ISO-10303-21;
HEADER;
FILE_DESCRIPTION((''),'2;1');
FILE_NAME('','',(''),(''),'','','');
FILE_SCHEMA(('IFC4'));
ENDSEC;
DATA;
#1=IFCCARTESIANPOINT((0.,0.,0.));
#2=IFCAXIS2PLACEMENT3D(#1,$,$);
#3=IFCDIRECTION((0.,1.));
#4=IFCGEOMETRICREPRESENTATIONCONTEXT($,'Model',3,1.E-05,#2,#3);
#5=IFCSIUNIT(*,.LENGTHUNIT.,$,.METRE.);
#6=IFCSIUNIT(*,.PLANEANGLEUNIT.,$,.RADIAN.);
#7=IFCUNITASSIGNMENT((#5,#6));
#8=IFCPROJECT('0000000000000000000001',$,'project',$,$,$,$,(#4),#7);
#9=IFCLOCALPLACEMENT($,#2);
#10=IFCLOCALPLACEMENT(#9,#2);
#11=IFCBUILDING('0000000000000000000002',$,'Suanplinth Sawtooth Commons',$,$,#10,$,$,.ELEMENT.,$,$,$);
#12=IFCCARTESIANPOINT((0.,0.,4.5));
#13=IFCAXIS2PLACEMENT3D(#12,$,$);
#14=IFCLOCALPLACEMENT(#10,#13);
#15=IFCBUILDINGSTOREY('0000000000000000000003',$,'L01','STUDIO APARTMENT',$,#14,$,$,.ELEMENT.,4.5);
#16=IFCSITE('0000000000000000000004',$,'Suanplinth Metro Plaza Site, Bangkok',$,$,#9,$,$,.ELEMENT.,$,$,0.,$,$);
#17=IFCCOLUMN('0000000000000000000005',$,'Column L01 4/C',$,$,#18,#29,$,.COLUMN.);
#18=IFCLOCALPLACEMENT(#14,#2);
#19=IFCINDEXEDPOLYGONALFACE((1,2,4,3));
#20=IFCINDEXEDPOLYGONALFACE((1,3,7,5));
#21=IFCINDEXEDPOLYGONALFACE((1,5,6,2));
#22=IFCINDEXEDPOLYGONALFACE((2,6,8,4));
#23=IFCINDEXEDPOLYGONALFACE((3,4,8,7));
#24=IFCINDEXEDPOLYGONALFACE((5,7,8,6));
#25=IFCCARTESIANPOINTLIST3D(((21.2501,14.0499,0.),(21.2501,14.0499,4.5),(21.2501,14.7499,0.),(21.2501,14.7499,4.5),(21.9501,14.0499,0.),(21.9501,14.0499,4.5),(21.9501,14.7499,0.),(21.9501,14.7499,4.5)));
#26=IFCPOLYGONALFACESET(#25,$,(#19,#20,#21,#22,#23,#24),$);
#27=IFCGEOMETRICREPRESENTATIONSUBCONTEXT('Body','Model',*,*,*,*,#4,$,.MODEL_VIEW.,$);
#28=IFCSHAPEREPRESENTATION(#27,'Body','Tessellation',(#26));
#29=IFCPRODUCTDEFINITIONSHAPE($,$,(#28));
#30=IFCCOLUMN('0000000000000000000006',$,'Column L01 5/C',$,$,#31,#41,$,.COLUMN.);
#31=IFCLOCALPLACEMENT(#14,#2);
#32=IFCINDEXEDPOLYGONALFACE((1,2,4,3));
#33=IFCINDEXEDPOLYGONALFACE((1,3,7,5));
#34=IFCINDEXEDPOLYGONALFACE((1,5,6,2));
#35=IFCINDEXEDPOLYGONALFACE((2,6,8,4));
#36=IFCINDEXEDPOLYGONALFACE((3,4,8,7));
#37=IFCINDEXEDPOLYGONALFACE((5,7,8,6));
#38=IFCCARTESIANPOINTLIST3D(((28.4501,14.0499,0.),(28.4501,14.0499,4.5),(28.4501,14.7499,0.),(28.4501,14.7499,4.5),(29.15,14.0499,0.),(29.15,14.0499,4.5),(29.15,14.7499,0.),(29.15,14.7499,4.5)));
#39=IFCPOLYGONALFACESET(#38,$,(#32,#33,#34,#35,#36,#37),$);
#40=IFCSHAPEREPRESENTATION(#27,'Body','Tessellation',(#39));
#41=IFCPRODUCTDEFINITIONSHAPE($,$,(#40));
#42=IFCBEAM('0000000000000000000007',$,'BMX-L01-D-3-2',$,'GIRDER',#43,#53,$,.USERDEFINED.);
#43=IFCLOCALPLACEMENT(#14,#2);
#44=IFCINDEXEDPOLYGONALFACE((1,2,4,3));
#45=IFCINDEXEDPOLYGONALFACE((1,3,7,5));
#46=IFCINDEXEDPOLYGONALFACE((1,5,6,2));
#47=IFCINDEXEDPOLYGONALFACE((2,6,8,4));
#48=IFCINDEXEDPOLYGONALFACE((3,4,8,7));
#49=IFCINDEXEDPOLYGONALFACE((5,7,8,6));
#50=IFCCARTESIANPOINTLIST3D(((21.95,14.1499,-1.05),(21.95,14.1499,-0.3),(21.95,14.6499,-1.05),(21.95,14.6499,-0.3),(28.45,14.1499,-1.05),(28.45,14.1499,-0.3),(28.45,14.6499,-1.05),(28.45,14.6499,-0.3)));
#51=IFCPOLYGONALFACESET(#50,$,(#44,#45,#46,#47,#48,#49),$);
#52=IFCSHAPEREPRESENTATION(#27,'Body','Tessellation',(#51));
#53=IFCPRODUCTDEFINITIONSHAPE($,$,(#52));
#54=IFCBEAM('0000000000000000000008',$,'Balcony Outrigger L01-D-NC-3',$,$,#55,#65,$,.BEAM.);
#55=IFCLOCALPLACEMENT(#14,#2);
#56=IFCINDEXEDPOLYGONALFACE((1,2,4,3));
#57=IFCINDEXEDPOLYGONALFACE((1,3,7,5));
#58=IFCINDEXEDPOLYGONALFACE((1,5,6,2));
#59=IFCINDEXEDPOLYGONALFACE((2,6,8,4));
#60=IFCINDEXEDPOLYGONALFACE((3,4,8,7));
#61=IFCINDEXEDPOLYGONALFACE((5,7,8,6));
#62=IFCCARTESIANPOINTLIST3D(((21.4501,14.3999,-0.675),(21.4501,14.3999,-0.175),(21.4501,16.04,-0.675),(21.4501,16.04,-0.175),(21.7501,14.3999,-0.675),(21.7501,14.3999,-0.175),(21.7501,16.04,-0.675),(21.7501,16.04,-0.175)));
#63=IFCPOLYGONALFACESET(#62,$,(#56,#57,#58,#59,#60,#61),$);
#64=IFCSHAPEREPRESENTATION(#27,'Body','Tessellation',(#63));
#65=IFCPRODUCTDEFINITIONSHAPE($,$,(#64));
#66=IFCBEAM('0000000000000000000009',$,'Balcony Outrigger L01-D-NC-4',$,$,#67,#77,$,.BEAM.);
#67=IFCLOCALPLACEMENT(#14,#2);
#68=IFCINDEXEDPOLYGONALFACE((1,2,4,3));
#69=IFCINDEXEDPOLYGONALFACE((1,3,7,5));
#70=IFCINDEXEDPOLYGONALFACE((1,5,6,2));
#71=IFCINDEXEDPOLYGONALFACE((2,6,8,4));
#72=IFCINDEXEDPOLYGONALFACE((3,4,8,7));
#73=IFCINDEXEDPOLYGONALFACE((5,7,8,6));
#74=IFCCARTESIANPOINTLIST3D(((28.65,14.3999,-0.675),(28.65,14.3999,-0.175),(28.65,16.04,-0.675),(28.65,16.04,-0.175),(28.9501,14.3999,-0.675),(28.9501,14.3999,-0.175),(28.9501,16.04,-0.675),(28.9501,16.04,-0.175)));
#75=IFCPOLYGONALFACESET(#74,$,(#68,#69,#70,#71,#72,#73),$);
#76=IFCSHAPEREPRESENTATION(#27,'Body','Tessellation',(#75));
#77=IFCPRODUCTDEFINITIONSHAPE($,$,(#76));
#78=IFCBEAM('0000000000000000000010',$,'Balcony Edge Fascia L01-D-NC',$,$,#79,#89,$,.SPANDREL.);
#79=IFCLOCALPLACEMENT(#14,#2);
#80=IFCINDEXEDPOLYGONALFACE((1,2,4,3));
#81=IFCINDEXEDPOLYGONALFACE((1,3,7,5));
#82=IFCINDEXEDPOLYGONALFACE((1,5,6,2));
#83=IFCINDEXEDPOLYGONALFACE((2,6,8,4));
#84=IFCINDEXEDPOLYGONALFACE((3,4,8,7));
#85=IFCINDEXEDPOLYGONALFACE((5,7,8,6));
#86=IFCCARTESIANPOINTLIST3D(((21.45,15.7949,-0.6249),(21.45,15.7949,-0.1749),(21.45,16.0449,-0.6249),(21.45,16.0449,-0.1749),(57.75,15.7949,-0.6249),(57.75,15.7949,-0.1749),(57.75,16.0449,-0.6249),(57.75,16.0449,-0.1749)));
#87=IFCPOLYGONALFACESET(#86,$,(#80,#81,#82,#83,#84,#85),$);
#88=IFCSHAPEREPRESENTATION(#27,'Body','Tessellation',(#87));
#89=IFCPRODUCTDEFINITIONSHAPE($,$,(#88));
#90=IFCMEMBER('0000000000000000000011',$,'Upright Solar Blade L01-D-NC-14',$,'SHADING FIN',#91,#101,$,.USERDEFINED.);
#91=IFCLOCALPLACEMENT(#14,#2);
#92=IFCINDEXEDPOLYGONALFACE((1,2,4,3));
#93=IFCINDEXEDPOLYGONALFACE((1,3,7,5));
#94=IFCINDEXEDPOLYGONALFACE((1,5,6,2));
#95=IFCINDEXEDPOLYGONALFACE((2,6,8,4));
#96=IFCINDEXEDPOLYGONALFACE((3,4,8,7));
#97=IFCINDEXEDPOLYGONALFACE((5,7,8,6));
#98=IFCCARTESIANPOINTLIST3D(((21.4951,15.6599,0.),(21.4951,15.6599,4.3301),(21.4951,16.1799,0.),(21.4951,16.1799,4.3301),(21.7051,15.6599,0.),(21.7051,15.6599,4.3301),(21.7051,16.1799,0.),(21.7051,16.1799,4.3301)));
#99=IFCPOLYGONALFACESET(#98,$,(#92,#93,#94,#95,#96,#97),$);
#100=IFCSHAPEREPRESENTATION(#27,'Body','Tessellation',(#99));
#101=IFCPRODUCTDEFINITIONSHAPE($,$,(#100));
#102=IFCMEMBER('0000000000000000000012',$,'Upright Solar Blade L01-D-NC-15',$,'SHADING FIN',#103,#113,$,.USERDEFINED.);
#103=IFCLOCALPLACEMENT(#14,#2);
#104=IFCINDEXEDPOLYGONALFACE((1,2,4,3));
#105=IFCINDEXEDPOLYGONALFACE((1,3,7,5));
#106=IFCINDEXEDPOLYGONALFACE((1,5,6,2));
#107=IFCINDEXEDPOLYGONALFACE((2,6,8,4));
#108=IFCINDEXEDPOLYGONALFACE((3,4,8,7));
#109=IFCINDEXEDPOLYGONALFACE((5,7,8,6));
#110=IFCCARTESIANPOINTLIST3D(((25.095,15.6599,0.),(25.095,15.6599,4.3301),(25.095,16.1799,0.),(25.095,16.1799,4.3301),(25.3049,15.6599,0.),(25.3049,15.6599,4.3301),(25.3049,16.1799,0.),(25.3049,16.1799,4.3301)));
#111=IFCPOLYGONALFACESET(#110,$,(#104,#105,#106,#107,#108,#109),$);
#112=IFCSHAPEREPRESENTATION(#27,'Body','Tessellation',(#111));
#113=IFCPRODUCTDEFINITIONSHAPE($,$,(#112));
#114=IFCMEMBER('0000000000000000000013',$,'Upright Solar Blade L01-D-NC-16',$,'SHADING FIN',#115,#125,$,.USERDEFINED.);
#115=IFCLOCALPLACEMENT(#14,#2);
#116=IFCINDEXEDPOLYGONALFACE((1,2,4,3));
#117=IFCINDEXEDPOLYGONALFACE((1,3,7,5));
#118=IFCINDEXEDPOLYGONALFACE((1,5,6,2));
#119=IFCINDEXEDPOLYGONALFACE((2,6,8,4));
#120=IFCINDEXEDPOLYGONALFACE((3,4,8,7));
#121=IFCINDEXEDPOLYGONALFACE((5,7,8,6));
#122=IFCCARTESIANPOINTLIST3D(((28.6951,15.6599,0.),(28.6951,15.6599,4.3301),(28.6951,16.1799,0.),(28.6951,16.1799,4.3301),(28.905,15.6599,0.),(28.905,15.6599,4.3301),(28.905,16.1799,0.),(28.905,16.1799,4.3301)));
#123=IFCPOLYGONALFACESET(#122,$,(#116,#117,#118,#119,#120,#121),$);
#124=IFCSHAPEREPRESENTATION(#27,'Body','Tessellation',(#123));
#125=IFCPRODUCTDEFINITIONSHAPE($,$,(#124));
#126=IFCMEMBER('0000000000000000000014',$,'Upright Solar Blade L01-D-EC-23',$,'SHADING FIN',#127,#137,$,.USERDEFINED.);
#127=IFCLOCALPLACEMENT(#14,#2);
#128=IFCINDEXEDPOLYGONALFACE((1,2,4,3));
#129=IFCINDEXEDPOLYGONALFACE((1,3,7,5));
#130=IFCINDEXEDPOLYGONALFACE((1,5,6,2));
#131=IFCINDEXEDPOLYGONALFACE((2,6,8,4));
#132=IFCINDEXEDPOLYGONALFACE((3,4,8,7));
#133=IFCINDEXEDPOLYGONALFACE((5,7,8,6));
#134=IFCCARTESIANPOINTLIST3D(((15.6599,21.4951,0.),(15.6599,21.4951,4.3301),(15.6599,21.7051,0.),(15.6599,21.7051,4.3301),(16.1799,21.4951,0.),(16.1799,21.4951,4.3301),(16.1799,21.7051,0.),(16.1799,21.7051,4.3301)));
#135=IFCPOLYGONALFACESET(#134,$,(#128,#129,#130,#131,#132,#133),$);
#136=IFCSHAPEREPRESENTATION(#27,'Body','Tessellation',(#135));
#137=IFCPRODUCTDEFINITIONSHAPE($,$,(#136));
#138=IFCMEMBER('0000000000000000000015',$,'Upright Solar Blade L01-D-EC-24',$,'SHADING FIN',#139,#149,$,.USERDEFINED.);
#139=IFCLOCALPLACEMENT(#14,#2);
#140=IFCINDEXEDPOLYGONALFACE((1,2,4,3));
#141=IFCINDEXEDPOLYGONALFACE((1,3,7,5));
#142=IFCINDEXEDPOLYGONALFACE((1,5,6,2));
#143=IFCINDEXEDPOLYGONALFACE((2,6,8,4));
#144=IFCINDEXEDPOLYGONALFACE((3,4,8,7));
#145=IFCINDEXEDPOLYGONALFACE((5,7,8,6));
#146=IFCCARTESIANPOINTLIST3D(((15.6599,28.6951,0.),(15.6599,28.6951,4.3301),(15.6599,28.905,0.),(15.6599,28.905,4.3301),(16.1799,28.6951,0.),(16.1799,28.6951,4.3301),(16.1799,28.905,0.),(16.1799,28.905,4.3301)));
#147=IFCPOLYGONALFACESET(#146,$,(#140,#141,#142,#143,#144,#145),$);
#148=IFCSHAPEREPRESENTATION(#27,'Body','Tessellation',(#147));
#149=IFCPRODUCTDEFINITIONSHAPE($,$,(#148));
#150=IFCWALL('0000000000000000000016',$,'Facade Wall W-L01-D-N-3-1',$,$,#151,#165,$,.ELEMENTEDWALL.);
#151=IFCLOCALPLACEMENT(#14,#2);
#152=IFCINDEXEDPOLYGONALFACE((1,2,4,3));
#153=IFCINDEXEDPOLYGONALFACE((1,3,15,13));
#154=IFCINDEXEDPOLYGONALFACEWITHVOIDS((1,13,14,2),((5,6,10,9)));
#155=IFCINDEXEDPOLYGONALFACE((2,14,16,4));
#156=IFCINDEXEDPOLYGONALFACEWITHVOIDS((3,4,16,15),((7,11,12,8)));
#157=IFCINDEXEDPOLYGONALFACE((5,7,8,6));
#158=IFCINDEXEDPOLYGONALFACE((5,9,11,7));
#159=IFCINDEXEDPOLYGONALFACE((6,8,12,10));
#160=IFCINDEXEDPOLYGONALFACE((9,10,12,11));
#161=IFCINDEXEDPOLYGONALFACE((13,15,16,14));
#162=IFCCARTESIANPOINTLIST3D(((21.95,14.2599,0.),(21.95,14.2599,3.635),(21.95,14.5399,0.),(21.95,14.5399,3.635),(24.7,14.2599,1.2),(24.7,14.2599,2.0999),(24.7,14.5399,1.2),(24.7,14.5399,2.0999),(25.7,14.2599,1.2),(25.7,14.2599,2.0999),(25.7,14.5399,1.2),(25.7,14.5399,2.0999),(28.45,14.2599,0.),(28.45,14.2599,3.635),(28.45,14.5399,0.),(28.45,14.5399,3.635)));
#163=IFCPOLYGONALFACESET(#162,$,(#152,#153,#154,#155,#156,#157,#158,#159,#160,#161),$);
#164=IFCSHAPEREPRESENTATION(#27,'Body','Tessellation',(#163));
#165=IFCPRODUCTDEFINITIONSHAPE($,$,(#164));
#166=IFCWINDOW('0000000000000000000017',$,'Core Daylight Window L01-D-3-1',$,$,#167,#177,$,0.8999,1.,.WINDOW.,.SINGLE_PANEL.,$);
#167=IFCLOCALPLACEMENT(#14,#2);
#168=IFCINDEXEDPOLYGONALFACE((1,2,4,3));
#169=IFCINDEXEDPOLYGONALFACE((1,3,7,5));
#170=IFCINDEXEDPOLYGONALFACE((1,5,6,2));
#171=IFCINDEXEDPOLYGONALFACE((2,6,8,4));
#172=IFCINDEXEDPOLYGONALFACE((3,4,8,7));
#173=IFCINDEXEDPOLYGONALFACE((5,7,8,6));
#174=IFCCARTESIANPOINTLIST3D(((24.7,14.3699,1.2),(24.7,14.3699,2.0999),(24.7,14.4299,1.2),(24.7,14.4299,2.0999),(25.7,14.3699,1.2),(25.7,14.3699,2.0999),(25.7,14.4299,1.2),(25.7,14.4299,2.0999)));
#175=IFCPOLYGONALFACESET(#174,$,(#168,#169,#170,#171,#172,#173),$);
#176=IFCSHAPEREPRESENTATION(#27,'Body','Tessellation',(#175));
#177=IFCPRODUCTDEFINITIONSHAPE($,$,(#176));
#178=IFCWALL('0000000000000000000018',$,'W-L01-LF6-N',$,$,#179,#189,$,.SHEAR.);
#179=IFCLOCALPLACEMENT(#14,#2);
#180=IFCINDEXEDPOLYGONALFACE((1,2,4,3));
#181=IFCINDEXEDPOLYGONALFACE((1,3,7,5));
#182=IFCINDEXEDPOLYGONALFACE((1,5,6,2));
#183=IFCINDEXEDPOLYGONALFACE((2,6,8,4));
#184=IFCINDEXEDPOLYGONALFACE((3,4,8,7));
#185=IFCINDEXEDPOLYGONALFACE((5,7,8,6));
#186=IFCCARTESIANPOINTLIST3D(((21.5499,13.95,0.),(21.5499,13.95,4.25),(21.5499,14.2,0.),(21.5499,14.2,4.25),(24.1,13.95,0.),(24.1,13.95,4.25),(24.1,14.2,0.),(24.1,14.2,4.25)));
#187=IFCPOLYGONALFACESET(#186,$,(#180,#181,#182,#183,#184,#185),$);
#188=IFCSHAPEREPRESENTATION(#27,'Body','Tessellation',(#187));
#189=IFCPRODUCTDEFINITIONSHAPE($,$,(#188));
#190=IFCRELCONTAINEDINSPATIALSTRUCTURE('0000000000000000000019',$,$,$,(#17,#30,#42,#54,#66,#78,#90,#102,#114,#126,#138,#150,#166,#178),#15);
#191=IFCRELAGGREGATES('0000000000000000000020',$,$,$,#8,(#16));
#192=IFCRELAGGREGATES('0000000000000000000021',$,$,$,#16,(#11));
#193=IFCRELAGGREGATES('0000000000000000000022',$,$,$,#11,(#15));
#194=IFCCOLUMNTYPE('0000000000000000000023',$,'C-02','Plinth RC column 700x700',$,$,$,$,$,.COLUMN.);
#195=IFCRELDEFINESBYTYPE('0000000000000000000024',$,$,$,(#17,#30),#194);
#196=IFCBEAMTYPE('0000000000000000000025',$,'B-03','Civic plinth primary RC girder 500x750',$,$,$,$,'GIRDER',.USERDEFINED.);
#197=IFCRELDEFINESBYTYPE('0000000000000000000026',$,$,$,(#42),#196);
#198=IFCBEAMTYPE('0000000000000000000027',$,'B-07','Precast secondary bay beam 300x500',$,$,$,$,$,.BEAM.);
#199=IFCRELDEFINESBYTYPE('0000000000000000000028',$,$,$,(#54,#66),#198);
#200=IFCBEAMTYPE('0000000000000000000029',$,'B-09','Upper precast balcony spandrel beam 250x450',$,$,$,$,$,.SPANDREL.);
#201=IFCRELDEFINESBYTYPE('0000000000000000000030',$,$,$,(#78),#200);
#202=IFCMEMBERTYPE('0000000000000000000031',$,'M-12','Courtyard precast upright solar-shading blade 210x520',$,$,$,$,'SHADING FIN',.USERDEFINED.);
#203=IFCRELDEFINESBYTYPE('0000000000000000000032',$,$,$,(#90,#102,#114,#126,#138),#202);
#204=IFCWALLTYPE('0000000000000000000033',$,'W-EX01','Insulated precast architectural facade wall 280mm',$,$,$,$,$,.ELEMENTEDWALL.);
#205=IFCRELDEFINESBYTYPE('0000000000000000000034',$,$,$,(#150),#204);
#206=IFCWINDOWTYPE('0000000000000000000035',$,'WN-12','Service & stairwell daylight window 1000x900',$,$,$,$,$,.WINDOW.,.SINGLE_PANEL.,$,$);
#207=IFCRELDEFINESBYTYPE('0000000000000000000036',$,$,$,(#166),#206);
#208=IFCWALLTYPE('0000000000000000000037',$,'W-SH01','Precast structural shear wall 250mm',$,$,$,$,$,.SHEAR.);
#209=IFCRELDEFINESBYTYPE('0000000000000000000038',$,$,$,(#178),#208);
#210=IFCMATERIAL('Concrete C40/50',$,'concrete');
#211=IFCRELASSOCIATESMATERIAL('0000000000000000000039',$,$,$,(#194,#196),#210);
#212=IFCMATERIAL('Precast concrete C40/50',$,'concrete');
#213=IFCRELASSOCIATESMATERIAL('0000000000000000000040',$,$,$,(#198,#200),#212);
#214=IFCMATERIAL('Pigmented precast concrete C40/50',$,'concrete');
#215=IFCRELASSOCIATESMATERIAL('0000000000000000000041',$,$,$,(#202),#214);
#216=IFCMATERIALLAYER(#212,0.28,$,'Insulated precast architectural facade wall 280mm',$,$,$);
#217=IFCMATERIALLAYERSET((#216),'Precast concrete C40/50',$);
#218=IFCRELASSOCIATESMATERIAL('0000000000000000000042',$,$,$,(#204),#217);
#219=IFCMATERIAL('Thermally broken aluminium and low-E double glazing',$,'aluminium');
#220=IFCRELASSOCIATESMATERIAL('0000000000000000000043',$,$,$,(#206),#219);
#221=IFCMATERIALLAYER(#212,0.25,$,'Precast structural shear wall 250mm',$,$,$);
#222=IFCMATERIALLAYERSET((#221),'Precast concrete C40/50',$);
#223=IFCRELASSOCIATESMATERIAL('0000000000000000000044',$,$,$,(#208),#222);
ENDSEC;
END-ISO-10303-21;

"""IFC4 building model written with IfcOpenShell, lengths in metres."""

from ifc_helpers import new_model, si_unit, direction, frame, frame_2d, origin, origin_2d, place, context, subcontext, project, spatial, rectangle, extrude, material, layer, layer_set, material_profile, profile_set, type_object, element, fill, save


model = new_model("IFC4")

# Units and contexts
model_context = context("Model", 3, precision=1e-05, world=origin(), true_north=direction((0.0, 1.0)))
body_context = subcontext(model_context, "Body", "Model", "MODEL_VIEW")
ifc_project = project(units=[si_unit("LENGTHUNIT", "METRE"), si_unit("PLANEANGLEUNIT", "RADIAN")], contexts=[model_context])

# Site, building, storey
site_placement = place(None, origin())
site = spatial("IfcSite", under=ifc_project, at=site_placement, Name="Suanplinth Metro Plaza Site, Bangkok", CompositionType="ELEMENT", RefElevation=0.0)
building_placement = place(site_placement, origin())
building = spatial("IfcBuilding", under=site, at=building_placement, Name="Suanplinth Sawtooth Commons", CompositionType="ELEMENT")
storey_placement = place(building_placement, frame((0.0, 0.0, 4.5)))
storey = spatial("IfcBuildingStorey", under=building, at=storey_placement, Name="L01", Description="STUDIO APARTMENT", CompositionType="ELEMENT", Elevation=4.5)

# Columns
ifc_material_1 = material(Name="Concrete C40/50", Category="concrete")
ifc_material_profile_1 = material_profile(ifc_material_1, rectangle(XDim=0.7, YDim=0.7, at=origin_2d()), Name="RC-COL 700x700")
ifc_profile_set_1 = profile_set([ifc_material_profile_1], Name="Concrete C40/50")
column_type = type_object("IfcColumnType", Name="C-02", Description="Plinth RC column 700x700", PredefinedType="COLUMN", material=ifc_profile_set_1)
for number, where, z_axis, x_axis, name in (
    (1, (21.6001, 14.3999, 0.0), (0.0, 0.0, 1.0), (1.0, 0.0, 0.0), "Column L01 4/C"),
    (2, (28.8, 14.3999, 0.0), (0.0, 0.0, 1.0), (1.0, 0.0, 0.0), "Column L01 5/C"),
):
    element("IfcColumn", number, at=place(storey_placement, frame(where, z_axis=z_axis, x_axis=x_axis)), inside=storey, type_object=column_type, Name=name, PredefinedType="COLUMN", context=body_context, shape_type="SweptSolid", body=[
        extrude(rectangle(XDim=0.7, YDim=0.7, at=origin_2d()), origin(), (0.0, 0.0, 1.0), 4.5),
    ])

# Beams
ifc_material_profile_2 = material_profile(ifc_material_1, rectangle(XDim=0.5, YDim=0.75, at=origin_2d()), Name="RC-GDR 500x750")
ifc_profile_set_2 = profile_set([ifc_material_profile_2], Name="Concrete C40/50")
beam_type_1 = type_object("IfcBeamType", Name="B-03", Description="Civic plinth primary RC girder 500x750", ElementType="GIRDER", PredefinedType="USERDEFINED", material=ifc_profile_set_2)
beam_1_placement = place(storey_placement, frame((21.95, 14.3999, -0.675), z_axis=(1.0, 0.0, 0.0), x_axis=(0.0, 1.0, 0.0)))
element("IfcBeam", 3, at=beam_1_placement, inside=storey, type_object=beam_type_1, Name="BMX-L01-D-3-2", ObjectType="GIRDER", PredefinedType="USERDEFINED", context=body_context, shape_type="SweptSolid", body=[
    extrude(rectangle(XDim=0.5, YDim=0.75, at=origin_2d()), origin(), (0.0, 0.0, 1.0), 6.5),
])
ifc_material_2 = material(Name="Precast concrete C40/50", Category="concrete")
ifc_material_profile_3 = material_profile(ifc_material_2, rectangle(XDim=0.3, YDim=0.5, at=origin_2d()), Name="PC-BM 300x500")
ifc_profile_set_3 = profile_set([ifc_material_profile_3], Name="Precast concrete C40/50")
beam_type_2 = type_object("IfcBeamType", Name="B-07", Description="Precast secondary bay beam 300x500", PredefinedType="BEAM", material=ifc_profile_set_3)
for number, where, z_axis, x_axis, name in (
    (4, (21.6001, 14.3999, -0.425), (0.0, 1.0, 0.0), (-1.0, 0.0, 0.0), "Balcony Outrigger L01-D-NC-3"),
    (5, (28.8, 14.3999, -0.425), (0.0, 1.0, 0.0), (-1.0, 0.0, 0.0), "Balcony Outrigger L01-D-NC-4"),
):
    element("IfcBeam", number, at=place(storey_placement, frame(where, z_axis=z_axis, x_axis=x_axis)), inside=storey, type_object=beam_type_2, Name=name, PredefinedType="BEAM", context=body_context, shape_type="SweptSolid", body=[
        extrude(rectangle(XDim=0.3, YDim=0.5, at=origin_2d()), origin(), (0.0, 0.0, 1.0), 1.6401),
    ])
ifc_material_profile_4 = material_profile(ifc_material_2, rectangle(XDim=0.25, YDim=0.45, at=origin_2d()), Name="PC-SP 250x450")
ifc_profile_set_4 = profile_set([ifc_material_profile_4], Name="Precast concrete C40/50")
beam_type_3 = type_object("IfcBeamType", Name="B-09", Description="Upper precast balcony spandrel beam 250x450", PredefinedType="SPANDREL", material=ifc_profile_set_4)
beam_2_placement = place(storey_placement, frame((21.45, 15.9199, -0.3999), z_axis=(1.0, 0.0, 0.0), x_axis=(0.0, 1.0, 0.0)))
element("IfcBeam", 6, at=beam_2_placement, inside=storey, type_object=beam_type_3, Name="Balcony Edge Fascia L01-D-NC", PredefinedType="SPANDREL", context=body_context, shape_type="SweptSolid", body=[
    extrude(rectangle(XDim=0.25, YDim=0.45, at=origin_2d()), origin(), (0.0, 0.0, 1.0), 36.3),
])

# Members
ifc_material_3 = material(Name="Pigmented precast concrete C40/50", Category="concrete")
ifc_material_profile_5 = material_profile(ifc_material_3, rectangle(XDim=0.21, YDim=0.52, at=origin_2d()), Name="PC-FIN 210x520")
ifc_profile_set_5 = profile_set([ifc_material_profile_5], Name="Pigmented precast concrete C40/50")
member_type = type_object("IfcMemberType", Name="M-12", Description="Courtyard precast upright solar-shading blade 210x520", ElementType="SHADING FIN", PredefinedType="USERDEFINED", material=ifc_profile_set_5)
for number, where, z_axis, x_axis, name in (
    (7, (21.6001, 15.9199, 0.0), (0.0, 0.0, 1.0), (1.0, 0.0, 0.0), "Upright Solar Blade L01-D-NC-14"),
    (8, (25.2, 15.9199, 0.0), (0.0, 0.0, 1.0), (1.0, 0.0, 0.0), "Upright Solar Blade L01-D-NC-15"),
    (9, (28.8, 15.9199, 0.0), (0.0, 0.0, 1.0), (1.0, 0.0, 0.0), "Upright Solar Blade L01-D-NC-16"),
    (10, (15.9199, 21.6001, 0.0), (0.0, 0.0, 1.0), (0.0, 1.0, 0.0), "Upright Solar Blade L01-D-EC-23"),
    (11, (15.9199, 28.8, 0.0), (0.0, 0.0, 1.0), (0.0, 1.0, 0.0), "Upright Solar Blade L01-D-EC-24"),
):
    element("IfcMember", number, at=place(storey_placement, frame(where, z_axis=z_axis, x_axis=x_axis)), inside=storey, type_object=member_type, Name=name, ObjectType="SHADING FIN", PredefinedType="USERDEFINED", context=body_context, shape_type="SweptSolid", body=[
        extrude(rectangle(XDim=0.21, YDim=0.52, at=origin_2d()), origin(), (0.0, 0.0, 1.0), 4.3301),
    ])

# Wall, opening, window
ifc_layer_1 = layer(ifc_material_2, 0.28, Name="Insulated precast architectural facade wall 280mm")
ifc_layer_set_1 = layer_set([ifc_layer_1], Name="Precast concrete C40/50")
wall_type_1 = type_object("IfcWallType", Name="W-EX01", Description="Insulated precast architectural facade wall 280mm", PredefinedType="ELEMENTEDWALL", material=ifc_layer_set_1)
wall_1_placement = place(storey_placement, frame((21.95, 14.3999, 0.0), z_axis=(0.0, 0.0, 1.0), x_axis=(1.0, 0.0, 0.0)))
wall_1 = element("IfcWall", 12, at=wall_1_placement, inside=storey, type_object=wall_type_1, Name="Facade Wall W-L01-D-N-3-1", PredefinedType="ELEMENTEDWALL", context=body_context, shape_type="SweptSolid", body=[
    extrude(rectangle(XDim=6.5, YDim=0.28, at=frame_2d((3.25, 0.0))), origin(), (0.0, 0.0, 1.0), 3.635),
])
opening_placement = place(wall_1_placement, frame((2.75, 0.0, 1.2)))
opening = element("IfcOpeningElement", 13, at=opening_placement, cuts=wall_1, PredefinedType="OPENING", context=body_context, shape_type="SweptSolid", body=[
    extrude(rectangle(XDim=1.0, YDim=0.8999, at=frame_2d((0.5, 0.45))), frame((0.0, 0.1548, 0.0), z_axis=(0.0, -1.0, 0.0), x_axis=(1.0, 0.0, 0.0)), (0.0, 0.0, 1.0), 0.3098),
])
ifc_material_4 = material(Name="Thermally broken aluminium and low-E double glazing", Category="aluminium")
window_type = type_object("IfcWindowType", Name="WN-12", Description="Service & stairwell daylight window 1000x900", PartitioningType="SINGLE_PANEL", PredefinedType="WINDOW", material=ifc_material_4)
window_placement = place(opening_placement, origin())
window = element("IfcWindow", 14, at=window_placement, inside=storey, type_object=window_type, Name="Core Daylight Window L01-D-3-1", OverallHeight=0.8999, OverallWidth=1.0, PartitioningType="SINGLE_PANEL", PredefinedType="WINDOW", context=body_context, shape_type="SweptSolid", body=[
    extrude(rectangle(XDim=1.0, YDim=0.8999, at=frame_2d((0.5, 0.45))), frame((0.0, 0.03, 0.0), z_axis=(0.0, -1.0, 0.0), x_axis=(1.0, 0.0, 0.0)), (0.0, 0.0, 1.0), 0.0601),
])
fill(opening, window)

# Wall
ifc_layer_2 = layer(ifc_material_2, 0.25, Name="Precast structural shear wall 250mm")
ifc_layer_set_2 = layer_set([ifc_layer_2], Name="Precast concrete C40/50")
wall_type_2 = type_object("IfcWallType", Name="W-SH01", Description="Precast structural shear wall 250mm", PredefinedType="SHEAR", material=ifc_layer_set_2)
wall_2_placement = place(storey_placement, frame((21.55, 14.075, 0.0), z_axis=(0.0, 0.0, 1.0), x_axis=(1.0, 0.0, 0.0)))
element("IfcWall", 15, at=wall_2_placement, inside=storey, type_object=wall_type_2, Name="W-L01-LF6-N", PredefinedType="SHEAR", context=body_context, shape_type="SweptSolid", body=[
    extrude(rectangle(XDim=2.55, YDim=0.25, at=frame_2d((1.2749, 0.0))), origin(), (0.0, 0.0, 1.0), 4.25),
])

save(model, "model.ifc")
